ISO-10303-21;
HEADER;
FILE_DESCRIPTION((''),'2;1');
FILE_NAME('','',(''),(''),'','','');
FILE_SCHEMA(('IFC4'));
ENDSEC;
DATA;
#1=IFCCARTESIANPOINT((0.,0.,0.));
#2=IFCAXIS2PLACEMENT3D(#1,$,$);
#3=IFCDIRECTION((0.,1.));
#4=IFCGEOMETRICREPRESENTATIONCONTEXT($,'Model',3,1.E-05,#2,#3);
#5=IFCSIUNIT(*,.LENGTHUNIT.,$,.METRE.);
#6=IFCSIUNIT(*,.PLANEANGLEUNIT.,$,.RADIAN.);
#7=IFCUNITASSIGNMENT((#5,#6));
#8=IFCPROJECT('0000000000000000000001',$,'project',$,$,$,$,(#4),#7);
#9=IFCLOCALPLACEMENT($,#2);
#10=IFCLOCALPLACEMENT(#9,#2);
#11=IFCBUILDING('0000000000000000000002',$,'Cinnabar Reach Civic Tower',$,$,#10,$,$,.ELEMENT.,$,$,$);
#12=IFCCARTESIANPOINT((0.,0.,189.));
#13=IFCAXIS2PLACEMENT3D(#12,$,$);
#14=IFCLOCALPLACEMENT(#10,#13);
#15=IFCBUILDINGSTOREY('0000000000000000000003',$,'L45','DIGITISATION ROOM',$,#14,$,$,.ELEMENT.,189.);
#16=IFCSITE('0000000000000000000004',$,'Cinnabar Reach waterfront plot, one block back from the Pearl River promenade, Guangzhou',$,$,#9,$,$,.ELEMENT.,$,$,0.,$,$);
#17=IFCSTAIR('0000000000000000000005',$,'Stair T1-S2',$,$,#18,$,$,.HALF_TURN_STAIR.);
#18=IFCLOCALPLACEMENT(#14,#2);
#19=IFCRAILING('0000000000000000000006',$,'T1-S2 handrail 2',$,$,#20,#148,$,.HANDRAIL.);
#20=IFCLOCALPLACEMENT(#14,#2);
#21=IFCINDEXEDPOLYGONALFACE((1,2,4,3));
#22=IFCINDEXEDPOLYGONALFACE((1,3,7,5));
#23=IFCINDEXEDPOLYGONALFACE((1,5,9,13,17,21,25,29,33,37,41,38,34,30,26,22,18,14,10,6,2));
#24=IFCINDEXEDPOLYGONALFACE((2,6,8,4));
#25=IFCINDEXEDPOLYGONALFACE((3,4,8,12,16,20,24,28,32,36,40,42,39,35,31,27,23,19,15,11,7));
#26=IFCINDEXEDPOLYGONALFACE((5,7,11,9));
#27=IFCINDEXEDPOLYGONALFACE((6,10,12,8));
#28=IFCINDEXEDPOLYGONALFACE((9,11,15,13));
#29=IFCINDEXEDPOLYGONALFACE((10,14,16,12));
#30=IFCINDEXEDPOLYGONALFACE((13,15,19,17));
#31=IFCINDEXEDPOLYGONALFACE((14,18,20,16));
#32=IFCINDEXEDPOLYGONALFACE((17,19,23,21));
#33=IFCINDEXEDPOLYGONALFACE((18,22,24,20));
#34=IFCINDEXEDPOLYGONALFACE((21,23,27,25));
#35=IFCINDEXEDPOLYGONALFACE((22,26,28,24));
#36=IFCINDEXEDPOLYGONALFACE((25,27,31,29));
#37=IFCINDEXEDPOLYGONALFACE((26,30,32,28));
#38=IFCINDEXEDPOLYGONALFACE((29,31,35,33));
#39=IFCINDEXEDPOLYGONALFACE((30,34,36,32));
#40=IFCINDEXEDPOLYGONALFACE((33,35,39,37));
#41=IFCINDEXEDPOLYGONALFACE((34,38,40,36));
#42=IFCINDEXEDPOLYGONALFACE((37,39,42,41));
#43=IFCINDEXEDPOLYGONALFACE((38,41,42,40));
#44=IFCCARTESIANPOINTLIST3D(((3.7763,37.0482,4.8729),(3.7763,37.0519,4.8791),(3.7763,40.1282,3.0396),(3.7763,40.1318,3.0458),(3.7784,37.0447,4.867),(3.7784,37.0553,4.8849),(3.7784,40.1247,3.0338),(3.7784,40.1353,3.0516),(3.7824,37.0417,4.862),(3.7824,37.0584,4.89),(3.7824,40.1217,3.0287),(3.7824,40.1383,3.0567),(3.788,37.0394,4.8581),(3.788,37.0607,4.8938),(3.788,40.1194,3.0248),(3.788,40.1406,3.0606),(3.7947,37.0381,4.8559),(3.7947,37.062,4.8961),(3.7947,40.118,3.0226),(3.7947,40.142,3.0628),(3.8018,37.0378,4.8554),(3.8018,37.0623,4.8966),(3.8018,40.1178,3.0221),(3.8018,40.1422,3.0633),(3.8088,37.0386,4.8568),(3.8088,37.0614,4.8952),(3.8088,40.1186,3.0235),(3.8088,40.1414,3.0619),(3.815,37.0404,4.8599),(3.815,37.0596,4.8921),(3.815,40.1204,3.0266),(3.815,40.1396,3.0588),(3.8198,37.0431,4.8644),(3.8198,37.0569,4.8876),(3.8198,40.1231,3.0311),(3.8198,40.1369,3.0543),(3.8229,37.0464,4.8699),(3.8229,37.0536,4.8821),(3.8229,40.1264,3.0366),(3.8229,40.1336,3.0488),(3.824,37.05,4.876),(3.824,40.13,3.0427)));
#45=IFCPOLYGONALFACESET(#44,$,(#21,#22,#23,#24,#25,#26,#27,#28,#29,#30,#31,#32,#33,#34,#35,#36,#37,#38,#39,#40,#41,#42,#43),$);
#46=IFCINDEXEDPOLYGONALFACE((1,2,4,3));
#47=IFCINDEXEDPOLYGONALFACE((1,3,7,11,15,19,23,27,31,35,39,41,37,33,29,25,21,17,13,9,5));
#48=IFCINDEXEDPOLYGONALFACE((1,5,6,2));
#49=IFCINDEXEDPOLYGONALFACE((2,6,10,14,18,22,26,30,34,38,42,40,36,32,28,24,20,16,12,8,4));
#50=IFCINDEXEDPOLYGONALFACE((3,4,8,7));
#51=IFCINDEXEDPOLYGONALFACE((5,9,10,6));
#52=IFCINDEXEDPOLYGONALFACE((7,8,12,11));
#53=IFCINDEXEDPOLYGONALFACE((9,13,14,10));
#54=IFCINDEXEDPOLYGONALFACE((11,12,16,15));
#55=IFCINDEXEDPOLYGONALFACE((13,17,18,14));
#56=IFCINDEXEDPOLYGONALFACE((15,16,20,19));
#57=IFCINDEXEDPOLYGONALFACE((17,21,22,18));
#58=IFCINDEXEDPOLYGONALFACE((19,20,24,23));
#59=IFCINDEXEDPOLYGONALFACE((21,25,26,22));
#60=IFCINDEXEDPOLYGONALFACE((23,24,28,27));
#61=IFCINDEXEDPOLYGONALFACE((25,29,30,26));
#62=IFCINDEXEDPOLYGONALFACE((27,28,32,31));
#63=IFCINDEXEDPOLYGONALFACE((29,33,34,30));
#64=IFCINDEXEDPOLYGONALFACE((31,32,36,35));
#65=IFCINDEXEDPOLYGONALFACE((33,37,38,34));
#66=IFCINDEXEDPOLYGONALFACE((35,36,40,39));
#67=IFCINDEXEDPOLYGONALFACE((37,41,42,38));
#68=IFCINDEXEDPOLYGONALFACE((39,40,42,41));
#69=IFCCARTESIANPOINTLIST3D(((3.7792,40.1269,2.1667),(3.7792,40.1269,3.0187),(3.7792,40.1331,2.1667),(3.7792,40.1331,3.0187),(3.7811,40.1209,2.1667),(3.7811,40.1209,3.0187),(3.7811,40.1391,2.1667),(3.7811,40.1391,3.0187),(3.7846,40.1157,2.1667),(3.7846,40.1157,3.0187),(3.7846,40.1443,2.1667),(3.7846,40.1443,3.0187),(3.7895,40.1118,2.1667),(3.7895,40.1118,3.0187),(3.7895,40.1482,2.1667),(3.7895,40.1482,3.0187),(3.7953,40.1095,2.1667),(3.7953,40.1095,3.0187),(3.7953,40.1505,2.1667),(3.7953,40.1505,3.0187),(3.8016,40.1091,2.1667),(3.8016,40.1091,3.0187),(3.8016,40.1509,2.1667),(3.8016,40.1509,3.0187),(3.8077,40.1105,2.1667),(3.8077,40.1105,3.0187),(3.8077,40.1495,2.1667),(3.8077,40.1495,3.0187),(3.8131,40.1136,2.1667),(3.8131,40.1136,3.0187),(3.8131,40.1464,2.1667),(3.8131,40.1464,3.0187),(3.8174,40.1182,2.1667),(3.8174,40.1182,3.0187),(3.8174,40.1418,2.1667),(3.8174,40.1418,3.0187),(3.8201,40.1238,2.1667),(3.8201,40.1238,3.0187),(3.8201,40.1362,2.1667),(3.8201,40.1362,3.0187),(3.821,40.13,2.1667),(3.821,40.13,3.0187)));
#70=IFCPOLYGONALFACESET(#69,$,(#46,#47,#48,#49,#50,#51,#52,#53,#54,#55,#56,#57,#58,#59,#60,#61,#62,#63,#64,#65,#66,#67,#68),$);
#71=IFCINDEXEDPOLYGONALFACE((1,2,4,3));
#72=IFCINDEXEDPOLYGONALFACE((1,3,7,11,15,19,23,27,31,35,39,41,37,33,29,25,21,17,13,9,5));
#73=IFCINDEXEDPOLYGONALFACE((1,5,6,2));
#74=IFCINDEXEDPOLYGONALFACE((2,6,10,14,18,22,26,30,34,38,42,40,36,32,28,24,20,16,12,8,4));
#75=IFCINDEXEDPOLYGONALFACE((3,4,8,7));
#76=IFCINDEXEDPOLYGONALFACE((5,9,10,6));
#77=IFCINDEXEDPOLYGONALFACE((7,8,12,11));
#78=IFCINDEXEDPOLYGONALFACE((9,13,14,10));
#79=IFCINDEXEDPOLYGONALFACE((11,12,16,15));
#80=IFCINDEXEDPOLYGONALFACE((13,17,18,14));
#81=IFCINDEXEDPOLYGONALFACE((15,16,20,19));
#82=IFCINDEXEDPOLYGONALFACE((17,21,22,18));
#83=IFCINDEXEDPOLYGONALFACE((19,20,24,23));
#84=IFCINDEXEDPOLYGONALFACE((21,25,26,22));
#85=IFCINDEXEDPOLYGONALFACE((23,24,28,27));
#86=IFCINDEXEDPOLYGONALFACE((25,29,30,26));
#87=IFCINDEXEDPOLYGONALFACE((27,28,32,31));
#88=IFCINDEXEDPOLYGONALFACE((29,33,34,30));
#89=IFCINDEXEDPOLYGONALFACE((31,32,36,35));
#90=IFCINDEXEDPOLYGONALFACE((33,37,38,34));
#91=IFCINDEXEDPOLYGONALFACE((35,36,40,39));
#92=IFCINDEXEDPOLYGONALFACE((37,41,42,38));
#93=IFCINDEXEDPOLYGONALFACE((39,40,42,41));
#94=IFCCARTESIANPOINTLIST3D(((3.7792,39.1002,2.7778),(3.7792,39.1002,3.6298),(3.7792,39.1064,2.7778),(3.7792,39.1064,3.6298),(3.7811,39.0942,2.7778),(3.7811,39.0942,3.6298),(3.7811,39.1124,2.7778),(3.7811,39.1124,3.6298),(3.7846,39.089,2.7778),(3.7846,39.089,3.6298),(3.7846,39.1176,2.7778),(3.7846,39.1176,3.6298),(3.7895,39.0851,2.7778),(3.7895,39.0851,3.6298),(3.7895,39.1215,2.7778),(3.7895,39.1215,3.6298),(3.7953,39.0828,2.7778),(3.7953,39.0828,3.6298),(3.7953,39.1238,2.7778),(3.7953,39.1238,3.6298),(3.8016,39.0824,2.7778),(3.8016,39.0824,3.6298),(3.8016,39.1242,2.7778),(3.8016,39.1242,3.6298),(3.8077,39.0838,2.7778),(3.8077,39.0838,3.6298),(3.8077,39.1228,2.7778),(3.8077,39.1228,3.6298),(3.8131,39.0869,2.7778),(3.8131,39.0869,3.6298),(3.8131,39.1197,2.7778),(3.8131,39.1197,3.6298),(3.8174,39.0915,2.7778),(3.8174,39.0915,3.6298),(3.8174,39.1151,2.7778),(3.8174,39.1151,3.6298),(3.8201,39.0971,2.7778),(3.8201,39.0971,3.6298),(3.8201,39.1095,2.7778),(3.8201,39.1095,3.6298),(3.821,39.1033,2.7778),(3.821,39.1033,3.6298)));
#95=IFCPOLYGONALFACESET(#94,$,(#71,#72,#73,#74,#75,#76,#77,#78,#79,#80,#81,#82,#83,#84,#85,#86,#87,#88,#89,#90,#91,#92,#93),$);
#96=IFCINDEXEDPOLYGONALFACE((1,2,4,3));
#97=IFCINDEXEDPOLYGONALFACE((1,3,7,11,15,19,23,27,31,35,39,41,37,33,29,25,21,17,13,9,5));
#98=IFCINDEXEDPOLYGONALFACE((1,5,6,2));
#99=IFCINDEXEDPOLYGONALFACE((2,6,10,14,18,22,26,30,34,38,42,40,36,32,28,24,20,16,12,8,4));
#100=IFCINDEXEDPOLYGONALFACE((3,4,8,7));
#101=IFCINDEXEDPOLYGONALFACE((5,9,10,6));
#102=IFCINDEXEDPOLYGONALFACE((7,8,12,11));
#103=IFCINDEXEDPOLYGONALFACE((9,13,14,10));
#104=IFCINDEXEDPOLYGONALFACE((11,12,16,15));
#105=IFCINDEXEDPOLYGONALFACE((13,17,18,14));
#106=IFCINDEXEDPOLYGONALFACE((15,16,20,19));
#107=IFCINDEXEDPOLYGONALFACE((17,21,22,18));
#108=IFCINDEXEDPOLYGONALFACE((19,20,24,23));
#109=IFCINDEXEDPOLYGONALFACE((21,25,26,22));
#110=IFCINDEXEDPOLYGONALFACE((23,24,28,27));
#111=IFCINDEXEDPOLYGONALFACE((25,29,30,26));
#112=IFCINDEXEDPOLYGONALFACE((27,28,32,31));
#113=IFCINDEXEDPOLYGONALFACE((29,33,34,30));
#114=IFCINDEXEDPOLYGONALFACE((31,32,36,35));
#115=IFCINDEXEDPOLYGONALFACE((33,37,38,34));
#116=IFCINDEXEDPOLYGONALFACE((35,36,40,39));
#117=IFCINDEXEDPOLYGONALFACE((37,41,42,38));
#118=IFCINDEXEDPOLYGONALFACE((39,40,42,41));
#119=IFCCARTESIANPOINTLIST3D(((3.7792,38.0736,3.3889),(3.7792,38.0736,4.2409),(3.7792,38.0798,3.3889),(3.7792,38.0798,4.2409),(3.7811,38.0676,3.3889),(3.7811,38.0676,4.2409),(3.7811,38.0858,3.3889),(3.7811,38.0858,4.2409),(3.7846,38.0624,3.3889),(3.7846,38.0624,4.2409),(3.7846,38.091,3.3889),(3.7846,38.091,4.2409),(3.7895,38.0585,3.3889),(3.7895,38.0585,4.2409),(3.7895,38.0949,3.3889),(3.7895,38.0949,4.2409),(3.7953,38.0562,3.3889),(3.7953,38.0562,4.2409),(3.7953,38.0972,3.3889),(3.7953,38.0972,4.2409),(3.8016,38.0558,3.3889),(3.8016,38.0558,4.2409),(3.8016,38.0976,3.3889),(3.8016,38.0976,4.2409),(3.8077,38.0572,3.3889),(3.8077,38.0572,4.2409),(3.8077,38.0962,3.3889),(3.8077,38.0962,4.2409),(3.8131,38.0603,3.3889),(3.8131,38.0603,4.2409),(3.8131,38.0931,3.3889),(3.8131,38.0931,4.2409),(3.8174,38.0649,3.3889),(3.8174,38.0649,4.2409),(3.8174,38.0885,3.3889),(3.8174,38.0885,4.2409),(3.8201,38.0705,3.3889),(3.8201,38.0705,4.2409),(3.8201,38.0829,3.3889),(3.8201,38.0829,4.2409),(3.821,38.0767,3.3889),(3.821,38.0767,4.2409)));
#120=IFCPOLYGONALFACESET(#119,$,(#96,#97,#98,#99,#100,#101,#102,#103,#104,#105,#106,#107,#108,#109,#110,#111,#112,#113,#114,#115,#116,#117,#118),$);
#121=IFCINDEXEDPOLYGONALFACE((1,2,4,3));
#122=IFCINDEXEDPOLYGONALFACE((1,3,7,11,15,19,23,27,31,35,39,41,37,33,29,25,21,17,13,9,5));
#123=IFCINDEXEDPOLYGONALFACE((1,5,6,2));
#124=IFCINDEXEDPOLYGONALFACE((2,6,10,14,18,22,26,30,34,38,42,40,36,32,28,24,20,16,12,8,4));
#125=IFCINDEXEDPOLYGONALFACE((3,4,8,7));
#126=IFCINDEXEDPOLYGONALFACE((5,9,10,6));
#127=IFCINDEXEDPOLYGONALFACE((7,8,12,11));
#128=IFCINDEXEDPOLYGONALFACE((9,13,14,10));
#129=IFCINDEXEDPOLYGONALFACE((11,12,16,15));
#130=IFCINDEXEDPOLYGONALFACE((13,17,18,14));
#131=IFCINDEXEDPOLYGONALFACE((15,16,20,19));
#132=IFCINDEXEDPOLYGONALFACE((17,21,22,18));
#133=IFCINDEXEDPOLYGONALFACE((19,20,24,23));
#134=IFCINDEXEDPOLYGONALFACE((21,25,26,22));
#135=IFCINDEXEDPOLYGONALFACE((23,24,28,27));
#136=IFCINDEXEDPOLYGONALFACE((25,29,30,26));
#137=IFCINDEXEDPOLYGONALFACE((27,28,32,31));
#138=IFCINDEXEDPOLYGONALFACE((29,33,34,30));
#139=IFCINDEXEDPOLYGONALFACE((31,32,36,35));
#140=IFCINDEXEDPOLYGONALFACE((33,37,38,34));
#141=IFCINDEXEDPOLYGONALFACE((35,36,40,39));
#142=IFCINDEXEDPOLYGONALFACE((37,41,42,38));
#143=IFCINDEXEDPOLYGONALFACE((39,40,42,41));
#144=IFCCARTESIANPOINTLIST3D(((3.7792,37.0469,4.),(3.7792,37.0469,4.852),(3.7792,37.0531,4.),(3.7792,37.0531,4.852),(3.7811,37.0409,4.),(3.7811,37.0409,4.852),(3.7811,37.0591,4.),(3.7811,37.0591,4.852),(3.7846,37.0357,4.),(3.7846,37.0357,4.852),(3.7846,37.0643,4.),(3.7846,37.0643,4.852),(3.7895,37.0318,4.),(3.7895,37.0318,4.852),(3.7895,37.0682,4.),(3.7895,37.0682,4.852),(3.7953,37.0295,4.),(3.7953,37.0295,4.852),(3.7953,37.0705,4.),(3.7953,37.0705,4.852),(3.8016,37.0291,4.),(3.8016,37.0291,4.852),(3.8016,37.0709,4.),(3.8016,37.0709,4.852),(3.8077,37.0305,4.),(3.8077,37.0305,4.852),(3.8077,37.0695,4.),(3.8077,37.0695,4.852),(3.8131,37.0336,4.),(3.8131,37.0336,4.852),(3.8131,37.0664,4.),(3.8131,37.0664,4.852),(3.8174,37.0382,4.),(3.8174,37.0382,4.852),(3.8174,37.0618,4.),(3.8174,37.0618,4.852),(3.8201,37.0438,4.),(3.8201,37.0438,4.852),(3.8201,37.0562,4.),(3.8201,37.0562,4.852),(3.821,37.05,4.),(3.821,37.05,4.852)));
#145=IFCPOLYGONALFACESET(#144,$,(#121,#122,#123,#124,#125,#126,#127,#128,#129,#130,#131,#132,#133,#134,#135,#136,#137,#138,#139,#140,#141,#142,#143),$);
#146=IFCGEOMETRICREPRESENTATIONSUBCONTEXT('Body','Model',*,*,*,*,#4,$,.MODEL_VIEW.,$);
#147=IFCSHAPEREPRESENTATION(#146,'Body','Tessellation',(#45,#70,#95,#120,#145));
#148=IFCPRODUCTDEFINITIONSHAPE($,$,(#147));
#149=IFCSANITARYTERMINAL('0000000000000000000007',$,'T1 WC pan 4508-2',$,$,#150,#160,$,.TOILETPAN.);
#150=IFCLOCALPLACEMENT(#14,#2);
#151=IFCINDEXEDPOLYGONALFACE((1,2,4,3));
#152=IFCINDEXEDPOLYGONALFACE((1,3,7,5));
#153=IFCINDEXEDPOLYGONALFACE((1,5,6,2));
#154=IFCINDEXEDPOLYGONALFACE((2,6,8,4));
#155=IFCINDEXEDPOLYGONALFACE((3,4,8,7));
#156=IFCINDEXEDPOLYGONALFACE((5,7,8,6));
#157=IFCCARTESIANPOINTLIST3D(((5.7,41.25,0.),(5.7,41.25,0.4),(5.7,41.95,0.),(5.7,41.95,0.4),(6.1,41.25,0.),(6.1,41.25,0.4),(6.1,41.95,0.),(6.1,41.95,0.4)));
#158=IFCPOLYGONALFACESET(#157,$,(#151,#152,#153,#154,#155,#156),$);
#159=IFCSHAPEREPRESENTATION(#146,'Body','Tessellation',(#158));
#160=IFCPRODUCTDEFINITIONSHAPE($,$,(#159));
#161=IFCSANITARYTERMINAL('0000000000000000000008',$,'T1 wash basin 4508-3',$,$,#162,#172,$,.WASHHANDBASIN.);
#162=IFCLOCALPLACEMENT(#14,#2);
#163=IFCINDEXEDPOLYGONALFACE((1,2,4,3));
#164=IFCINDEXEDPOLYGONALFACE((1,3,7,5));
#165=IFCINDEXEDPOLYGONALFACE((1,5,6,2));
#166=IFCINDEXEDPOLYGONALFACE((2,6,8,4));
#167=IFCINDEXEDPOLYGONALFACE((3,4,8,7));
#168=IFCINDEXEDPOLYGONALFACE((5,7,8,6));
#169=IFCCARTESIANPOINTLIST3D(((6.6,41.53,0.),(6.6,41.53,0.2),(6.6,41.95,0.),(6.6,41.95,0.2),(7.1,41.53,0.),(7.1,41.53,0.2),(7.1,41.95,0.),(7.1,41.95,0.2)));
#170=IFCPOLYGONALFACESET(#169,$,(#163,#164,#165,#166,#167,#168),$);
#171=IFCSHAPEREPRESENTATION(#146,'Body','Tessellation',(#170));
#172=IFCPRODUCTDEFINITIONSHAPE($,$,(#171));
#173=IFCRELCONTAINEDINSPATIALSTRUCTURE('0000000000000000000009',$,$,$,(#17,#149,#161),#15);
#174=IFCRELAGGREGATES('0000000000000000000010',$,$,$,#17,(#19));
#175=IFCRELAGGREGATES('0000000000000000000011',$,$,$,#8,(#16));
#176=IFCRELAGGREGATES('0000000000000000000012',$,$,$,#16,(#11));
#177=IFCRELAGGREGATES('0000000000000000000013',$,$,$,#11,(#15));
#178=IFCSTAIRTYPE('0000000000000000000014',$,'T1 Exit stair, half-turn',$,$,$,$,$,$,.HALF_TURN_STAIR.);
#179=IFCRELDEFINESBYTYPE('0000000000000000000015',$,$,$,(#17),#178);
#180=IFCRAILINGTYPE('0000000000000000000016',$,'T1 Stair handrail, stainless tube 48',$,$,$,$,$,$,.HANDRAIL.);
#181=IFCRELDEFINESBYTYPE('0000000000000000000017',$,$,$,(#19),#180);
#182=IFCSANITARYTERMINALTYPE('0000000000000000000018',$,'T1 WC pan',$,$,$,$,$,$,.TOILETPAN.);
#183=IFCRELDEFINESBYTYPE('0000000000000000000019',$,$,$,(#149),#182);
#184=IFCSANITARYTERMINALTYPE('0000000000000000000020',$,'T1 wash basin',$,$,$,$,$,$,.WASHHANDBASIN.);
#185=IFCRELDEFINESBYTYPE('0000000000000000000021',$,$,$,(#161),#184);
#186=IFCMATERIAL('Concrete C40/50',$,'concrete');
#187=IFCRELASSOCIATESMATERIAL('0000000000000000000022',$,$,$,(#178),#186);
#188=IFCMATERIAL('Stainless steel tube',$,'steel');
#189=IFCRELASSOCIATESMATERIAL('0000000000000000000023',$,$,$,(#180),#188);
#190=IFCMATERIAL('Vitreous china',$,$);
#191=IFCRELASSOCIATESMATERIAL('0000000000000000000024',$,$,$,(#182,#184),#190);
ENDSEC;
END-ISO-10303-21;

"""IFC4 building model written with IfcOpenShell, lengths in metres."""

from ifc_helpers import new_model, si_unit, direction, frame, origin, origin_2d, place, context, subcontext, project, spatial, rectangle, circle, extrude, material, type_object, element, aggregate, save


model = new_model("IFC4")

# Units and contexts
model_context = context("Model", 3, precision=1e-05, world=origin(), true_north=direction((0.0, 1.0)))
body_context = subcontext(model_context, "Body", "Model", "MODEL_VIEW")
ifc_project = project(units=[si_unit("LENGTHUNIT", "METRE"), si_unit("PLANEANGLEUNIT", "RADIAN")], contexts=[model_context])

# Site, building, storey
site_placement = place(None, origin())
site = spatial("IfcSite", under=ifc_project, at=site_placement, Name="Cinnabar Reach waterfront plot, one block back from the Pearl River promenade, Guangzhou", CompositionType="ELEMENT", RefElevation=0.0)
building_placement = place(site_placement, origin())
building = spatial("IfcBuilding", under=site, at=building_placement, Name="Cinnabar Reach Civic Tower", CompositionType="ELEMENT")
storey_placement = place(building_placement, frame((0.0, 0.0, 189.0)))
storey = spatial("IfcBuildingStorey", under=building, at=storey_placement, Name="L45", Description="DIGITISATION ROOM", CompositionType="ELEMENT", Elevation=189.0)

# Shared definitions
ifc_material_1 = material(Name="Concrete C40/50", Category="concrete")

# Stair, railing
stair_type = type_object("IfcStairType", Name="T1 Exit stair, half-turn", PredefinedType="HALF_TURN_STAIR", material=ifc_material_1)
stair_placement = place(storey_placement, origin())
stair = element("IfcStair", 1, at=stair_placement, inside=storey, type_object=stair_type, Name="Stair T1-S2", PredefinedType="HALF_TURN_STAIR")
ifc_material_2 = material(Name="Stainless steel tube", Category="steel")
railing_type = type_object("IfcRailingType", Name="T1 Stair handrail, stainless tube 48", PredefinedType="HANDRAIL", material=ifc_material_2)
railing_1_placement = place(storey_placement, frame((3.8, 40.13, 2.1667)))
railing_1 = element("IfcRailing", 2, at=railing_1_placement, type_object=railing_type, Name="T1-S2 handrail 2", PredefinedType="HANDRAIL", context=body_context, shape_type="SweptSolid", body=[
    extrude(circle(Radius=0.024, at=origin_2d()), frame((0.0, 0.0, 0.876), z_axis=(0.0, -0.859297, 0.511477), x_axis=(1.0, 0.0, 0.0)), (0.0, 0.0, 1.0), 3.5843),
    extrude(circle(Radius=0.021, at=origin_2d()), origin(), (0.0, 0.0, 1.0), 0.852),
    extrude(circle(Radius=0.021, at=origin_2d()), frame((0.0, -1.0267, 0.6111)), (0.0, 0.0, 1.0), 0.852),
    extrude(circle(Radius=0.021, at=origin_2d()), frame((0.0, -2.0533, 1.2222)), (0.0, 0.0, 1.0), 0.852),
    extrude(circle(Radius=0.021, at=origin_2d()), frame((0.0, -3.08, 1.8333)), (0.0, 0.0, 1.0), 0.852),
])
aggregate(stair, [railing_1])

# Sanitary terminals
ifc_material_3 = material(Name="Vitreous china")
sanitary_terminal_type_1 = type_object("IfcSanitaryTerminalType", Name="T1 WC pan", PredefinedType="TOILETPAN", material=ifc_material_3)
sanitary_terminal_1_placement = place(storey_placement, frame((5.9, 41.6, 0.0), z_axis=(0.0, 0.0, 1.0), x_axis=(1.0, 0.0, 0.0)))
element("IfcSanitaryTerminal", 3, at=sanitary_terminal_1_placement, inside=storey, type_object=sanitary_terminal_type_1, Name="T1 WC pan 4508-2", PredefinedType="TOILETPAN", context=body_context, shape_type="SweptSolid", body=[
    extrude(rectangle(XDim=0.4, YDim=0.7, at=origin_2d()), origin(), (0.0, 0.0, 1.0), 0.4),
])
sanitary_terminal_type_2 = type_object("IfcSanitaryTerminalType", Name="T1 wash basin", PredefinedType="WASHHANDBASIN", material=ifc_material_3)
sanitary_terminal_2_placement = place(storey_placement, frame((6.85, 41.74, 0.0), z_axis=(0.0, 0.0, 1.0), x_axis=(1.0, 0.0, 0.0)))
element("IfcSanitaryTerminal", 4, at=sanitary_terminal_2_placement, inside=storey, type_object=sanitary_terminal_type_2, Name="T1 wash basin 4508-3", PredefinedType="WASHHANDBASIN", context=body_context, shape_type="SweptSolid", body=[
    extrude(rectangle(XDim=0.5, YDim=0.42, at=origin_2d()), origin(), (0.0, 0.0, 1.0), 0.2),
])

save(model, "model.ifc")
